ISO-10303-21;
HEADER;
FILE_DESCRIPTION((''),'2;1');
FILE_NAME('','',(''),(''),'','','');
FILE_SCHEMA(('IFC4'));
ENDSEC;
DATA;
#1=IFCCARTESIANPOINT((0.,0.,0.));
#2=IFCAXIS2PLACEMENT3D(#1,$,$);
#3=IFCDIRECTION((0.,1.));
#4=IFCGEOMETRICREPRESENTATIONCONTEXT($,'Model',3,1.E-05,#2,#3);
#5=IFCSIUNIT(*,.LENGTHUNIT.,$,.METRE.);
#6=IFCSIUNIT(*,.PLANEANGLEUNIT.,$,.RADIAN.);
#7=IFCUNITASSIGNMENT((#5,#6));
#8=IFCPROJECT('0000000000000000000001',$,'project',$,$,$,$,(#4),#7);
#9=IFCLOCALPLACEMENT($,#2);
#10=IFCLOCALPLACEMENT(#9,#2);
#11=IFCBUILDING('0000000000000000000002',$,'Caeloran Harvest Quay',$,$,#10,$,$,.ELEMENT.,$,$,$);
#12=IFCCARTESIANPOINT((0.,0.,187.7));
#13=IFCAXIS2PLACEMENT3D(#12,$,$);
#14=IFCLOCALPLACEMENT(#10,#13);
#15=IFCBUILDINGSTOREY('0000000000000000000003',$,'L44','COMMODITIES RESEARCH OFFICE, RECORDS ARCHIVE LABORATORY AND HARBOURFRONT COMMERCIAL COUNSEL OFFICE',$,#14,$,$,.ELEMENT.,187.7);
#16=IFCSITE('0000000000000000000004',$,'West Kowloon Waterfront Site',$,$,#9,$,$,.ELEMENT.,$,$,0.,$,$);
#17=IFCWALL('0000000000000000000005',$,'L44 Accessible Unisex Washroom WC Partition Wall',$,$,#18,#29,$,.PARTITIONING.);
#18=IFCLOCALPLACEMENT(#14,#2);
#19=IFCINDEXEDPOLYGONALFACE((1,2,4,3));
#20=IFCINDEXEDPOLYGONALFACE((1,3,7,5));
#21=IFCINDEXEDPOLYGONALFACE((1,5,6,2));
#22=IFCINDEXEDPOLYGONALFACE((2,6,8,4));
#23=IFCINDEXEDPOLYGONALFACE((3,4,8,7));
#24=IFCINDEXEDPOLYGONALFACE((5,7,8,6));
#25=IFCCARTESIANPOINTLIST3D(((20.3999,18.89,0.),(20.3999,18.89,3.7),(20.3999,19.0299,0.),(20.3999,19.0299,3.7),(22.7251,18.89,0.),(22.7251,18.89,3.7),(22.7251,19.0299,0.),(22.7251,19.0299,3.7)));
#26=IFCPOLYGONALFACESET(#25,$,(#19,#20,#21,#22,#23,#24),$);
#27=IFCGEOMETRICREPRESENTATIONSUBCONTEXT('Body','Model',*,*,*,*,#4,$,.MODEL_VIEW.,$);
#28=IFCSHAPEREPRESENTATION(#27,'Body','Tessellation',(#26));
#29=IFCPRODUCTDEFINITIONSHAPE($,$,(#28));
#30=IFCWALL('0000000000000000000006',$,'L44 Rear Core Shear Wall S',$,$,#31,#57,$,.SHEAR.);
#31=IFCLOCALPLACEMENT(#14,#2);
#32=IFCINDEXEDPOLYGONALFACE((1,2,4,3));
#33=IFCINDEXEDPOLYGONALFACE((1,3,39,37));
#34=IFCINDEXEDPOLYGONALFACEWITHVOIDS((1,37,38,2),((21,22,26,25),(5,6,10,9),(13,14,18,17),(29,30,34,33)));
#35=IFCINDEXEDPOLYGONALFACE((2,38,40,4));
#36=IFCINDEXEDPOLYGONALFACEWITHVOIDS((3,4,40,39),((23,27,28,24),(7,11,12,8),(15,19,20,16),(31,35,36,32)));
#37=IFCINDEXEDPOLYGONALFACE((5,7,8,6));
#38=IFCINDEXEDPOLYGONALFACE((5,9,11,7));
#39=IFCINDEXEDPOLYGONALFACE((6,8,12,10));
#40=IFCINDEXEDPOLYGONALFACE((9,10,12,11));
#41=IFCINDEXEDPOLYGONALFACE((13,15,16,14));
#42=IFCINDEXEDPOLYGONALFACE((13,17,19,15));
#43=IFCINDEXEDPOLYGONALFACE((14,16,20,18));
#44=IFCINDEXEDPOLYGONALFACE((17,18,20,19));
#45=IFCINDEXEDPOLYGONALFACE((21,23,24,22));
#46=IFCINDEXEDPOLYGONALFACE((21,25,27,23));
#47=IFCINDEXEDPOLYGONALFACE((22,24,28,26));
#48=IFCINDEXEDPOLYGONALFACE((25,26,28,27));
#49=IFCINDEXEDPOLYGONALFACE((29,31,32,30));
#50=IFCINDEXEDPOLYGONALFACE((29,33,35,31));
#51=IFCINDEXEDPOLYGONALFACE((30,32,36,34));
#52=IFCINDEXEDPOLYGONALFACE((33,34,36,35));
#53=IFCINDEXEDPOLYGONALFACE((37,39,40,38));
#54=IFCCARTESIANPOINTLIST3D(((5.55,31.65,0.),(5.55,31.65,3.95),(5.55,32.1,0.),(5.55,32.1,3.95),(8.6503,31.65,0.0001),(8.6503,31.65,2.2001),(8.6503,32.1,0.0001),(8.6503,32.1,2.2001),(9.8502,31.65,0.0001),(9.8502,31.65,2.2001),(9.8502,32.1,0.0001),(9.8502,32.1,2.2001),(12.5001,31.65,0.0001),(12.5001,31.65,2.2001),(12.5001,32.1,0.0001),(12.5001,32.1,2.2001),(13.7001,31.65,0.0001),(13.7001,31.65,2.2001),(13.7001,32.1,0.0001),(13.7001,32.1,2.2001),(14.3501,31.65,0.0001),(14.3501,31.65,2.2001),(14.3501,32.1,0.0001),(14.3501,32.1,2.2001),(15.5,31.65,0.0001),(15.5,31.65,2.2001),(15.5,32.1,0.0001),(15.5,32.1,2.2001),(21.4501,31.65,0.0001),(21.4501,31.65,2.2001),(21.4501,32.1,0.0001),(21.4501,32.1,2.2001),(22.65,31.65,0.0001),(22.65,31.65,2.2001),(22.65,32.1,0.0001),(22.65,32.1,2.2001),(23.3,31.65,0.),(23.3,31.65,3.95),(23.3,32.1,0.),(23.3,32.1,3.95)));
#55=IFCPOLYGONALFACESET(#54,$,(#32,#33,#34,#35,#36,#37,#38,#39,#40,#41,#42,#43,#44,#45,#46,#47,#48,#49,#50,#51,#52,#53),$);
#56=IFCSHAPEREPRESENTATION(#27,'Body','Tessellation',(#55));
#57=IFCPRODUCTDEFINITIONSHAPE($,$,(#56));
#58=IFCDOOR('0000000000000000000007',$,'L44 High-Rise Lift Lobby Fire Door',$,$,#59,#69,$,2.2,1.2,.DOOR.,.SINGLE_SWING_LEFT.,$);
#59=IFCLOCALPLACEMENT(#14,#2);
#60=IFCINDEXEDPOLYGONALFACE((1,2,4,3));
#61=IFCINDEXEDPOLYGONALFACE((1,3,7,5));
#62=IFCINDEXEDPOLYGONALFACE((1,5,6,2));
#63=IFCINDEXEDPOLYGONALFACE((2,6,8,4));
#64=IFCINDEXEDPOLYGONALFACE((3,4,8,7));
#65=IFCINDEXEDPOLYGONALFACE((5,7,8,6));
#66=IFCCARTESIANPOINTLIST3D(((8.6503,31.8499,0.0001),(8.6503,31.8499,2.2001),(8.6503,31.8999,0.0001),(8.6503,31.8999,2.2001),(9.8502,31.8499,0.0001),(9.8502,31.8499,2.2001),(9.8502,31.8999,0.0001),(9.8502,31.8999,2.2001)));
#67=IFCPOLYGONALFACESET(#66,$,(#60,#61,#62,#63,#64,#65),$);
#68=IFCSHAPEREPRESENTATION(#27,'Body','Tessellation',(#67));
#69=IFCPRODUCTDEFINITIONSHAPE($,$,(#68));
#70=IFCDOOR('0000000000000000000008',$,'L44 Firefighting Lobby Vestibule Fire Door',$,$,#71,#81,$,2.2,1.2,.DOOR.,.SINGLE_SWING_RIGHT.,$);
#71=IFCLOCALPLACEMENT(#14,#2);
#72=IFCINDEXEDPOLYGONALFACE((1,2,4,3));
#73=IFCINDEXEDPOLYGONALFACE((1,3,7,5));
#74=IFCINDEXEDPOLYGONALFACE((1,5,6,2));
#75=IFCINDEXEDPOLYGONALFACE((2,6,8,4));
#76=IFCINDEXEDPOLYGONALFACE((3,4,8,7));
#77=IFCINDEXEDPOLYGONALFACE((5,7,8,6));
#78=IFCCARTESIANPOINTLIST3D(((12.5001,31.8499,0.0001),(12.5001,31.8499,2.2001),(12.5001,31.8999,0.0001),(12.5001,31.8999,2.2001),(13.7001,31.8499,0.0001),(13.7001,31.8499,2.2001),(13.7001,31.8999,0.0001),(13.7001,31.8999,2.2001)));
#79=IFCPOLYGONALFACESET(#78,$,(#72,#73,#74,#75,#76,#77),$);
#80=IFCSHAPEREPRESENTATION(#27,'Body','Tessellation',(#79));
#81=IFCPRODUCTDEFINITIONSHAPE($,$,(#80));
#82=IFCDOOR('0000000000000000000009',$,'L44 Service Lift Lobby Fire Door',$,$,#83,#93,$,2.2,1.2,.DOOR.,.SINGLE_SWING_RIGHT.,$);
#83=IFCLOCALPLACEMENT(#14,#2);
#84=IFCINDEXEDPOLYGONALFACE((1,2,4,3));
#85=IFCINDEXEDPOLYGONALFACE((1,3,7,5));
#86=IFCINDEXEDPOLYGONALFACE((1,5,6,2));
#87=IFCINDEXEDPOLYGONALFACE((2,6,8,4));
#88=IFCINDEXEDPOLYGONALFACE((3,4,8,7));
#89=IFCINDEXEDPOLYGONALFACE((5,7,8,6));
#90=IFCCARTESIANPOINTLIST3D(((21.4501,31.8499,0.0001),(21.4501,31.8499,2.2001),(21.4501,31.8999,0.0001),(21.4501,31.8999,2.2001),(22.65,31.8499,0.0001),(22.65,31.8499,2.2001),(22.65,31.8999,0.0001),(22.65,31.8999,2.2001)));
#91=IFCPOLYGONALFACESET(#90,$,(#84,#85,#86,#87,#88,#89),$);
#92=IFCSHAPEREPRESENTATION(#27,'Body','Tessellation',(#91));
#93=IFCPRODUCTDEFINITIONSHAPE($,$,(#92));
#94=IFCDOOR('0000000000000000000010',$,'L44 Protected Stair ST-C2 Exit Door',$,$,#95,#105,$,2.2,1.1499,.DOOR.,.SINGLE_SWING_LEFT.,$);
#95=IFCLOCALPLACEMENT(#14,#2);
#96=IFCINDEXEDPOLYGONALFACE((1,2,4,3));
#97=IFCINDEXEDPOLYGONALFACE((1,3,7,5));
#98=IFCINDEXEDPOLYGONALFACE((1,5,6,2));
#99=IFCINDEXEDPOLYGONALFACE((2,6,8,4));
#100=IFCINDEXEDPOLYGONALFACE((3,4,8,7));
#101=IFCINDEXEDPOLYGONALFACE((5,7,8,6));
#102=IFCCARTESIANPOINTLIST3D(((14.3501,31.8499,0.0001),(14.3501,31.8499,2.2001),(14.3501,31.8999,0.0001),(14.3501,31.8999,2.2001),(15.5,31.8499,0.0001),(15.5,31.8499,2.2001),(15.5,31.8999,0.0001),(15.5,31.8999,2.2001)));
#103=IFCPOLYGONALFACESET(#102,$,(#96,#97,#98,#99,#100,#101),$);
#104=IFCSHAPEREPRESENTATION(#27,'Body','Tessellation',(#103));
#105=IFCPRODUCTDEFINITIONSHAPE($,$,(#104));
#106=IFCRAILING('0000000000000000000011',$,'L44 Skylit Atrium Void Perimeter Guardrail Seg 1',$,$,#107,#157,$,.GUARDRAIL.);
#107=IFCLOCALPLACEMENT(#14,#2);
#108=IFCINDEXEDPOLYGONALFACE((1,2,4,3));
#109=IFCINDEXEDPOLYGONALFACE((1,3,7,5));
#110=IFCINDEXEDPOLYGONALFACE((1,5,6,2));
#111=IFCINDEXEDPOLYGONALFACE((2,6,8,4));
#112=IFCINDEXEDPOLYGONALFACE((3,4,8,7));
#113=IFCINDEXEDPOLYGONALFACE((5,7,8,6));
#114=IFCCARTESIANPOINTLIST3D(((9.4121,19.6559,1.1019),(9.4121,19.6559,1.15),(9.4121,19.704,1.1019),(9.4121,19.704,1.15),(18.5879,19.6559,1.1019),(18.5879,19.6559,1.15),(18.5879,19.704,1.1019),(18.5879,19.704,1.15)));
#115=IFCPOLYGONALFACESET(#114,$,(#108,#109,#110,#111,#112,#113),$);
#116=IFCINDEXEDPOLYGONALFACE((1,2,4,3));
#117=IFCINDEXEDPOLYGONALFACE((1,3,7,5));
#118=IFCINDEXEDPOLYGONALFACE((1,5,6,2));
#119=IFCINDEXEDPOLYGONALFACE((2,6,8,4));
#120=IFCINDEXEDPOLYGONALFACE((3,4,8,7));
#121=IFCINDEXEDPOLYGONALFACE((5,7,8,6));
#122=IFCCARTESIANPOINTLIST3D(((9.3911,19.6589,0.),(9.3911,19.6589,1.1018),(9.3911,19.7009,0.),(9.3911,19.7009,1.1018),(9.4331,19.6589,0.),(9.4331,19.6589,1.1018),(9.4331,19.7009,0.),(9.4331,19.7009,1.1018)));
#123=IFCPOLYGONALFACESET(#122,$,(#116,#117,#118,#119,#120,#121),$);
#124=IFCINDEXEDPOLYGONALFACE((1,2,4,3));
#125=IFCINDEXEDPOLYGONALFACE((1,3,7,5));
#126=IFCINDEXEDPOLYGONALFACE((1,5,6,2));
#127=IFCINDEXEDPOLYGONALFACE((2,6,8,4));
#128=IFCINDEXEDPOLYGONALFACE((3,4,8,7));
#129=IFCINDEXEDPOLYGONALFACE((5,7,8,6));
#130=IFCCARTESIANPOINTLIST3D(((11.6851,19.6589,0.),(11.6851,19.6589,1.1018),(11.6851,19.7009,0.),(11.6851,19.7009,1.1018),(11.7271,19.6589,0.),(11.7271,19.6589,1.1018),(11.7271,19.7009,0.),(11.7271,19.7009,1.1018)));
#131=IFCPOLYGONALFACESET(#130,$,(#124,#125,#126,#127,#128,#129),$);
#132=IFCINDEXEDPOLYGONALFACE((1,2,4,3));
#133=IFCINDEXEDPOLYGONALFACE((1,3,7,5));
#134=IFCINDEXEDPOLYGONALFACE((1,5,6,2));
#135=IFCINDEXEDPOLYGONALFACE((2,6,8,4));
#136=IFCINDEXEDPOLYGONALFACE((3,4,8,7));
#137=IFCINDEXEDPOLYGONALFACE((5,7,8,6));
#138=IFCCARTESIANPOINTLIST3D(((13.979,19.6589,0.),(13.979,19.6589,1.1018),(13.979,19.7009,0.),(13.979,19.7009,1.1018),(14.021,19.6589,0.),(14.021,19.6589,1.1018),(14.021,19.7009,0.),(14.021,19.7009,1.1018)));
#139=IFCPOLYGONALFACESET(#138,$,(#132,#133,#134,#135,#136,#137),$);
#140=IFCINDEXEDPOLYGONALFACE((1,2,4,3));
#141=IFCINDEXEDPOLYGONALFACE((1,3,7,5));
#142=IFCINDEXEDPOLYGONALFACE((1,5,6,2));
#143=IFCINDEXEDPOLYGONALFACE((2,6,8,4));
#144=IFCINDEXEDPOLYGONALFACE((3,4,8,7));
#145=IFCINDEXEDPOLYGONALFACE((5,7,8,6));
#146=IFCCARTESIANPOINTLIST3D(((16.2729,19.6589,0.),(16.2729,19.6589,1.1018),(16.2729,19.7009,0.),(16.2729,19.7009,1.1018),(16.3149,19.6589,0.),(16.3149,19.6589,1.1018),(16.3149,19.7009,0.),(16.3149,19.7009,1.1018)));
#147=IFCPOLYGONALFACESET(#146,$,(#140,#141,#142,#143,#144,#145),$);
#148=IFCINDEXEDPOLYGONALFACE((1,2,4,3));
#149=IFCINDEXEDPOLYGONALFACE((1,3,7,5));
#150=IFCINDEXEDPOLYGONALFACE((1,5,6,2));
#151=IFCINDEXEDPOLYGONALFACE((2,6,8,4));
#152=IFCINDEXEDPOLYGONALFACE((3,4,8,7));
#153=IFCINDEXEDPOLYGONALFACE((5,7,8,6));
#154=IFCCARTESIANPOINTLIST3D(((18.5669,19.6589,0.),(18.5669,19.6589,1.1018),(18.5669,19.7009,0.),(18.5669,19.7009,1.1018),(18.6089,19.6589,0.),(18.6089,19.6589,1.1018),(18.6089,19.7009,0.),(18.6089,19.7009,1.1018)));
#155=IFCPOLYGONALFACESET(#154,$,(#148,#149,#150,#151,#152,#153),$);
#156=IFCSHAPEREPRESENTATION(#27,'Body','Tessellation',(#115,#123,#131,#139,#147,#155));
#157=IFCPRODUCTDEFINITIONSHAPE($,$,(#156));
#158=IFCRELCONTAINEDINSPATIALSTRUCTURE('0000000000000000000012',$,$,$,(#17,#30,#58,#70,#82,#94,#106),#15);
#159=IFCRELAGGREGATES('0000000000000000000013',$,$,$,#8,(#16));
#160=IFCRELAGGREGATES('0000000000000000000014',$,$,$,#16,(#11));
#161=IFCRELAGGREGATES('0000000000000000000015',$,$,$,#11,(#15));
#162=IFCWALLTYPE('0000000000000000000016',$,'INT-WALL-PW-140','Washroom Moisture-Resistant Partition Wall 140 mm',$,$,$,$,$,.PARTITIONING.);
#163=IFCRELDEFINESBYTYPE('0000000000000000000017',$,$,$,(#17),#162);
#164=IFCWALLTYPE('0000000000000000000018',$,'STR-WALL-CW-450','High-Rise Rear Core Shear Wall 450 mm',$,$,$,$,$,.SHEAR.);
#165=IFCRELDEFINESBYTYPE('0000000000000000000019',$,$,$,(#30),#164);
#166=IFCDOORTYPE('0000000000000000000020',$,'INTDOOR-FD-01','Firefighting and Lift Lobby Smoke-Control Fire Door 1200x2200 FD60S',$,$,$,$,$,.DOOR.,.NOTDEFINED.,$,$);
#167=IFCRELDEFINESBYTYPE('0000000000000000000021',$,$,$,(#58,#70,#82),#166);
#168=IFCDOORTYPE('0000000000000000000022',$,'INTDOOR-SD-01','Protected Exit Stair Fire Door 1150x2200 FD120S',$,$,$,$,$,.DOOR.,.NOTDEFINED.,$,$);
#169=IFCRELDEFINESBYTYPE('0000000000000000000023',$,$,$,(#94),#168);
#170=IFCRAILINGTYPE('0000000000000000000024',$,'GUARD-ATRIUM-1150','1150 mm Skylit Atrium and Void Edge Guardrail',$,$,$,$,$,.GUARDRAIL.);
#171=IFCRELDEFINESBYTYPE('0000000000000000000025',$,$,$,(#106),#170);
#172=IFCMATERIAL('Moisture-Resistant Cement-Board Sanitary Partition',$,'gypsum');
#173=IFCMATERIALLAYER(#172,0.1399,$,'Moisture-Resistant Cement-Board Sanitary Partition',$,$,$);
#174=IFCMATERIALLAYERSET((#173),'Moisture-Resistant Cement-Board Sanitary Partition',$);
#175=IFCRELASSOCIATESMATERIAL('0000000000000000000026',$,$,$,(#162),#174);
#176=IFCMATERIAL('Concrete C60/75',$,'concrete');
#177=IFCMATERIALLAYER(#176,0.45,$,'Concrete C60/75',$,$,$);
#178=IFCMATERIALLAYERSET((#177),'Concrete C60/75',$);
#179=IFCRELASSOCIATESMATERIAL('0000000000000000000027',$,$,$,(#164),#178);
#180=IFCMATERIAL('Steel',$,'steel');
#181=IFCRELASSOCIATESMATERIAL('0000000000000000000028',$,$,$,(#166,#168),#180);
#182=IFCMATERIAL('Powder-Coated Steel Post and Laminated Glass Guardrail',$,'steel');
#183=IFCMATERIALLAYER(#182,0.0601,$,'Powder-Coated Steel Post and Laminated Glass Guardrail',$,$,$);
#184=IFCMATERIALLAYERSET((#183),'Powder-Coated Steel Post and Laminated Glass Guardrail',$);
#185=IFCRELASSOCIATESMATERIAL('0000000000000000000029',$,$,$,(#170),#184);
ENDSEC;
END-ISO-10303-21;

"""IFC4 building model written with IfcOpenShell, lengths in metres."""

from ifc_helpers import new_model, si_unit, direction, frame, frame_2d, origin, origin_2d, place, context, subcontext, project, spatial, rectangle, extrude, material, layer, layer_set, type_object, element, fill, save


model = new_model("IFC4")

# Units and contexts
model_context = context("Model", 3, precision=1e-05, world=origin(), true_north=direction((0.0, 1.0)))
body_context = subcontext(model_context, "Body", "Model", "MODEL_VIEW")
ifc_project = project(units=[si_unit("LENGTHUNIT", "METRE"), si_unit("PLANEANGLEUNIT", "RADIAN")], contexts=[model_context])

# Site, building, storey
site_placement = place(None, origin())
site = spatial("IfcSite", under=ifc_project, at=site_placement, Name="West Kowloon Waterfront Site", CompositionType="ELEMENT", RefElevation=0.0)
building_placement = place(site_placement, origin())
building = spatial("IfcBuilding", under=site, at=building_placement, Name="Caeloran Harvest Quay", CompositionType="ELEMENT")
storey_placement = place(building_placement, frame((0.0, 0.0, 187.7)))
storey = spatial("IfcBuildingStorey", under=building, at=storey_placement, Name="L44", Description="COMMODITIES RESEARCH OFFICE, RECORDS ARCHIVE LABORATORY AND HARBOURFRONT COMMERCIAL COUNSEL OFFICE", CompositionType="ELEMENT", Elevation=187.7)

# Shared definitions
ifc_material_1 = material(Name="Concrete C60/75", Category="concrete")

# Shared definitions
ifc_material_2 = material(Name="Moisture-Resistant Cement-Board Sanitary Partition", Category="gypsum")
ifc_layer_1 = layer(ifc_material_2, 0.1399, Name="Moisture-Resistant Cement-Board Sanitary Partition")
ifc_layer_set_1 = layer_set([ifc_layer_1], Name="Moisture-Resistant Cement-Board Sanitary Partition")
wall_type_1 = type_object("IfcWallType", Name="INT-WALL-PW-140", Description="Washroom Moisture-Resistant Partition Wall 140 mm", PredefinedType="PARTITIONING", material=ifc_layer_set_1)

# Wall
wall_1_placement = place(storey_placement, frame((22.7251, 18.96, 0.0), z_axis=(0.0, 0.0, 1.0), x_axis=(-1.0, 0.0, 0.0)))
element("IfcWall", 1, at=wall_1_placement, inside=storey, type_object=wall_type_1, Name="L44 Accessible Unisex Washroom WC Partition Wall", PredefinedType="PARTITIONING", context=body_context, shape_type="SweptSolid", body=[
    extrude(rectangle(XDim=2.3252, YDim=0.1399, at=frame_2d((1.1626, 0.0))), origin(), (0.0, 0.0, 1.0), 3.7),
])

# Wall, openings, doors
ifc_layer_2 = layer(ifc_material_1, 0.45, Name="Concrete C60/75")
ifc_layer_set_2 = layer_set([ifc_layer_2], Name="Concrete C60/75")
wall_type_2 = type_object("IfcWallType", Name="STR-WALL-CW-450", Description="High-Rise Rear Core Shear Wall 450 mm", PredefinedType="SHEAR", material=ifc_layer_set_2)
wall_2_placement = place(storey_placement, frame((5.55, 31.875, 0.0), z_axis=(0.0, 0.0, 1.0), x_axis=(1.0, 0.0, 0.0)))
wall_2 = element("IfcWall", 2, at=wall_2_placement, inside=storey, type_object=wall_type_2, Name="L44 Rear Core Shear Wall S", PredefinedType="SHEAR", context=body_context, shape_type="SweptSolid", body=[
    extrude(rectangle(XDim=17.75, YDim=0.45, at=frame_2d((8.875, 0.0))), origin(), (0.0, 0.0, 1.0), 3.95),
])
opening_1_placement = place(wall_2_placement, frame((3.1001, 0.0, 0.0)))
opening_1 = element("IfcOpeningElement", 3, at=opening_1_placement, cuts=wall_2, PredefinedType="OPENING", context=body_context, shape_type="SweptSolid", body=[
    extrude(rectangle(XDim=1.2, YDim=2.2, at=frame_2d((0.6001, 1.1001))), frame((0.0, 0.2349, 0.0), z_axis=(0.0, -1.0, 0.0), x_axis=(1.0, 0.0, 0.0)), (0.0, 0.0, 1.0), 0.47),
])
opening_2_placement = place(wall_2_placement, frame((6.95, 0.0, 0.0)))
opening_2 = element("IfcOpeningElement", 4, at=opening_2_placement, cuts=wall_2, PredefinedType="OPENING", context=body_context, shape_type="SweptSolid", body=[
    extrude(rectangle(XDim=1.2, YDim=2.2, at=frame_2d((0.6001, 1.1001))), frame((0.0, 0.2349, 0.0), z_axis=(0.0, -1.0, 0.0), x_axis=(1.0, 0.0, 0.0)), (0.0, 0.0, 1.0), 0.47),
])
opening_3_placement = place(wall_2_placement, frame((8.8, 0.0, 0.0)))
opening_3 = element("IfcOpeningElement", 5, at=opening_3_placement, cuts=wall_2, PredefinedType="OPENING", context=body_context, shape_type="SweptSolid", body=[
    extrude(rectangle(XDim=1.1499, YDim=2.2, at=frame_2d((0.575, 1.1001))), frame((0.0, 0.2349, 0.0), z_axis=(0.0, -1.0, 0.0), x_axis=(1.0, 0.0, 0.0)), (0.0, 0.0, 1.0), 0.47),
])
opening_4_placement = place(wall_2_placement, frame((15.8999, 0.0, 0.0)))
opening_4 = element("IfcOpeningElement", 6, at=opening_4_placement, cuts=wall_2, PredefinedType="OPENING", context=body_context, shape_type="SweptSolid", body=[
    extrude(rectangle(XDim=1.2, YDim=2.2, at=frame_2d((0.6001, 1.1001))), frame((0.0, 0.2349, 0.0), z_axis=(0.0, -1.0, 0.0), x_axis=(1.0, 0.0, 0.0)), (0.0, 0.0, 1.0), 0.47),
])
ifc_material_3 = material(Name="Steel", Category="steel")
door_type_1 = type_object("IfcDoorType", Name="INTDOOR-FD-01", Description="Firefighting and Lift Lobby Smoke-Control Fire Door 1200x2200 FD60S", OperationType="NOTDEFINED", PredefinedType="DOOR", material=ifc_material_3)
door_1_placement = place(opening_1_placement, origin())
door_1 = element("IfcDoor", 7, at=door_1_placement, inside=storey, type_object=door_type_1, Name="L44 High-Rise Lift Lobby Fire Door", OperationType="SINGLE_SWING_LEFT", OverallHeight=2.2, OverallWidth=1.2, PredefinedType="DOOR", context=body_context, shape_type="SweptSolid", body=[
    extrude(rectangle(XDim=1.2, YDim=2.2, at=frame_2d((0.6001, 1.1001))), frame((0.0, 0.0249, 0.0), z_axis=(0.0, -1.0, 0.0), x_axis=(1.0, 0.0, 0.0)), (0.0, 0.0, 1.0), 0.05),
])
fill(opening_1, door_1)
door_2_placement = place(opening_2_placement, origin())
door_2 = element("IfcDoor", 8, at=door_2_placement, inside=storey, type_object=door_type_1, Name="L44 Firefighting Lobby Vestibule Fire Door", OperationType="SINGLE_SWING_RIGHT", OverallHeight=2.2, OverallWidth=1.2, PredefinedType="DOOR", context=body_context, shape_type="SweptSolid", body=[
    extrude(rectangle(XDim=1.2, YDim=2.2, at=frame_2d((0.6001, 1.1001))), frame((0.0, 0.0249, 0.0), z_axis=(0.0, -1.0, 0.0), x_axis=(1.0, 0.0, 0.0)), (0.0, 0.0, 1.0), 0.05),
])
fill(opening_2, door_2)
door_3_placement = place(opening_4_placement, origin())
door_3 = element("IfcDoor", 9, at=door_3_placement, inside=storey, type_object=door_type_1, Name="L44 Service Lift Lobby Fire Door", OperationType="SINGLE_SWING_RIGHT", OverallHeight=2.2, OverallWidth=1.2, PredefinedType="DOOR", context=body_context, shape_type="SweptSolid", body=[
    extrude(rectangle(XDim=1.2, YDim=2.2, at=frame_2d((0.6001, 1.1001))), frame((0.0, 0.0249, 0.0), z_axis=(0.0, -1.0, 0.0), x_axis=(1.0, 0.0, 0.0)), (0.0, 0.0, 1.0), 0.05),
])
fill(opening_4, door_3)
door_type_2 = type_object("IfcDoorType", Name="INTDOOR-SD-01", Description="Protected Exit Stair Fire Door 1150x2200 FD120S", OperationType="NOTDEFINED", PredefinedType="DOOR", material=ifc_material_3)
door_4_placement = place(opening_3_placement, origin())
door_4 = element("IfcDoor", 10, at=door_4_placement, inside=storey, type_object=door_type_2, Name="L44 Protected Stair ST-C2 Exit Door", OperationType="SINGLE_SWING_LEFT", OverallHeight=2.2, OverallWidth=1.1499, PredefinedType="DOOR", context=body_context, shape_type="SweptSolid", body=[
    extrude(rectangle(XDim=1.1499, YDim=2.2, at=frame_2d((0.575, 1.1001))), frame((0.0, 0.0249, 0.0), z_axis=(0.0, -1.0, 0.0), x_axis=(1.0, 0.0, 0.0)), (0.0, 0.0, 1.0), 0.05),
])
fill(opening_3, door_4)

# Railing
ifc_material_4 = material(Name="Powder-Coated Steel Post and Laminated Glass Guardrail", Category="steel")
ifc_layer_3 = layer(ifc_material_4, 0.0601, Name="Powder-Coated Steel Post and Laminated Glass Guardrail")
ifc_layer_set_3 = layer_set([ifc_layer_3], Name="Powder-Coated Steel Post and Laminated Glass Guardrail")
railing_type = type_object("IfcRailingType", Name="GUARD-ATRIUM-1150", Description="1150 mm Skylit Atrium and Void Edge Guardrail", PredefinedType="GUARDRAIL", material=ifc_layer_set_3)
railing_1_placement = place(storey_placement, frame((9.4121, 19.6799, 0.0)))
element("IfcRailing", 11, at=railing_1_placement, inside=storey, type_object=railing_type, Name="L44 Skylit Atrium Void Perimeter Guardrail Seg 1", PredefinedType="GUARDRAIL", context=body_context, shape_type="SweptSolid", body=[
    extrude(rectangle(XDim=0.0481, YDim=0.0481, at=origin_2d()), frame((0.0, 0.0, 1.126), z_axis=(1.0, 0.0, 0.0), x_axis=(0.0, 1.0, 0.0)), (0.0, 0.0, 1.0), 9.1758),
    extrude(rectangle(XDim=0.042, YDim=0.042, at=origin_2d()), origin(), (0.0, 0.0, 1.0), 1.1018),
    extrude(rectangle(XDim=0.042, YDim=0.042, at=origin_2d()), frame((2.2939, 0.0, 0.0)), (0.0, 0.0, 1.0), 1.1018),
    extrude(rectangle(XDim=0.042, YDim=0.042, at=origin_2d()), frame((4.5879, 0.0, 0.0)), (0.0, 0.0, 1.0), 1.1018),
    extrude(rectangle(XDim=0.042, YDim=0.042, at=origin_2d()), frame((6.8818, 0.0, 0.0)), (0.0, 0.0, 1.0), 1.1018),
    extrude(rectangle(XDim=0.042, YDim=0.042, at=origin_2d()), frame((9.1758, 0.0, 0.0)), (0.0, 0.0, 1.0), 1.1018),
])

save(model, "model.ifc")
